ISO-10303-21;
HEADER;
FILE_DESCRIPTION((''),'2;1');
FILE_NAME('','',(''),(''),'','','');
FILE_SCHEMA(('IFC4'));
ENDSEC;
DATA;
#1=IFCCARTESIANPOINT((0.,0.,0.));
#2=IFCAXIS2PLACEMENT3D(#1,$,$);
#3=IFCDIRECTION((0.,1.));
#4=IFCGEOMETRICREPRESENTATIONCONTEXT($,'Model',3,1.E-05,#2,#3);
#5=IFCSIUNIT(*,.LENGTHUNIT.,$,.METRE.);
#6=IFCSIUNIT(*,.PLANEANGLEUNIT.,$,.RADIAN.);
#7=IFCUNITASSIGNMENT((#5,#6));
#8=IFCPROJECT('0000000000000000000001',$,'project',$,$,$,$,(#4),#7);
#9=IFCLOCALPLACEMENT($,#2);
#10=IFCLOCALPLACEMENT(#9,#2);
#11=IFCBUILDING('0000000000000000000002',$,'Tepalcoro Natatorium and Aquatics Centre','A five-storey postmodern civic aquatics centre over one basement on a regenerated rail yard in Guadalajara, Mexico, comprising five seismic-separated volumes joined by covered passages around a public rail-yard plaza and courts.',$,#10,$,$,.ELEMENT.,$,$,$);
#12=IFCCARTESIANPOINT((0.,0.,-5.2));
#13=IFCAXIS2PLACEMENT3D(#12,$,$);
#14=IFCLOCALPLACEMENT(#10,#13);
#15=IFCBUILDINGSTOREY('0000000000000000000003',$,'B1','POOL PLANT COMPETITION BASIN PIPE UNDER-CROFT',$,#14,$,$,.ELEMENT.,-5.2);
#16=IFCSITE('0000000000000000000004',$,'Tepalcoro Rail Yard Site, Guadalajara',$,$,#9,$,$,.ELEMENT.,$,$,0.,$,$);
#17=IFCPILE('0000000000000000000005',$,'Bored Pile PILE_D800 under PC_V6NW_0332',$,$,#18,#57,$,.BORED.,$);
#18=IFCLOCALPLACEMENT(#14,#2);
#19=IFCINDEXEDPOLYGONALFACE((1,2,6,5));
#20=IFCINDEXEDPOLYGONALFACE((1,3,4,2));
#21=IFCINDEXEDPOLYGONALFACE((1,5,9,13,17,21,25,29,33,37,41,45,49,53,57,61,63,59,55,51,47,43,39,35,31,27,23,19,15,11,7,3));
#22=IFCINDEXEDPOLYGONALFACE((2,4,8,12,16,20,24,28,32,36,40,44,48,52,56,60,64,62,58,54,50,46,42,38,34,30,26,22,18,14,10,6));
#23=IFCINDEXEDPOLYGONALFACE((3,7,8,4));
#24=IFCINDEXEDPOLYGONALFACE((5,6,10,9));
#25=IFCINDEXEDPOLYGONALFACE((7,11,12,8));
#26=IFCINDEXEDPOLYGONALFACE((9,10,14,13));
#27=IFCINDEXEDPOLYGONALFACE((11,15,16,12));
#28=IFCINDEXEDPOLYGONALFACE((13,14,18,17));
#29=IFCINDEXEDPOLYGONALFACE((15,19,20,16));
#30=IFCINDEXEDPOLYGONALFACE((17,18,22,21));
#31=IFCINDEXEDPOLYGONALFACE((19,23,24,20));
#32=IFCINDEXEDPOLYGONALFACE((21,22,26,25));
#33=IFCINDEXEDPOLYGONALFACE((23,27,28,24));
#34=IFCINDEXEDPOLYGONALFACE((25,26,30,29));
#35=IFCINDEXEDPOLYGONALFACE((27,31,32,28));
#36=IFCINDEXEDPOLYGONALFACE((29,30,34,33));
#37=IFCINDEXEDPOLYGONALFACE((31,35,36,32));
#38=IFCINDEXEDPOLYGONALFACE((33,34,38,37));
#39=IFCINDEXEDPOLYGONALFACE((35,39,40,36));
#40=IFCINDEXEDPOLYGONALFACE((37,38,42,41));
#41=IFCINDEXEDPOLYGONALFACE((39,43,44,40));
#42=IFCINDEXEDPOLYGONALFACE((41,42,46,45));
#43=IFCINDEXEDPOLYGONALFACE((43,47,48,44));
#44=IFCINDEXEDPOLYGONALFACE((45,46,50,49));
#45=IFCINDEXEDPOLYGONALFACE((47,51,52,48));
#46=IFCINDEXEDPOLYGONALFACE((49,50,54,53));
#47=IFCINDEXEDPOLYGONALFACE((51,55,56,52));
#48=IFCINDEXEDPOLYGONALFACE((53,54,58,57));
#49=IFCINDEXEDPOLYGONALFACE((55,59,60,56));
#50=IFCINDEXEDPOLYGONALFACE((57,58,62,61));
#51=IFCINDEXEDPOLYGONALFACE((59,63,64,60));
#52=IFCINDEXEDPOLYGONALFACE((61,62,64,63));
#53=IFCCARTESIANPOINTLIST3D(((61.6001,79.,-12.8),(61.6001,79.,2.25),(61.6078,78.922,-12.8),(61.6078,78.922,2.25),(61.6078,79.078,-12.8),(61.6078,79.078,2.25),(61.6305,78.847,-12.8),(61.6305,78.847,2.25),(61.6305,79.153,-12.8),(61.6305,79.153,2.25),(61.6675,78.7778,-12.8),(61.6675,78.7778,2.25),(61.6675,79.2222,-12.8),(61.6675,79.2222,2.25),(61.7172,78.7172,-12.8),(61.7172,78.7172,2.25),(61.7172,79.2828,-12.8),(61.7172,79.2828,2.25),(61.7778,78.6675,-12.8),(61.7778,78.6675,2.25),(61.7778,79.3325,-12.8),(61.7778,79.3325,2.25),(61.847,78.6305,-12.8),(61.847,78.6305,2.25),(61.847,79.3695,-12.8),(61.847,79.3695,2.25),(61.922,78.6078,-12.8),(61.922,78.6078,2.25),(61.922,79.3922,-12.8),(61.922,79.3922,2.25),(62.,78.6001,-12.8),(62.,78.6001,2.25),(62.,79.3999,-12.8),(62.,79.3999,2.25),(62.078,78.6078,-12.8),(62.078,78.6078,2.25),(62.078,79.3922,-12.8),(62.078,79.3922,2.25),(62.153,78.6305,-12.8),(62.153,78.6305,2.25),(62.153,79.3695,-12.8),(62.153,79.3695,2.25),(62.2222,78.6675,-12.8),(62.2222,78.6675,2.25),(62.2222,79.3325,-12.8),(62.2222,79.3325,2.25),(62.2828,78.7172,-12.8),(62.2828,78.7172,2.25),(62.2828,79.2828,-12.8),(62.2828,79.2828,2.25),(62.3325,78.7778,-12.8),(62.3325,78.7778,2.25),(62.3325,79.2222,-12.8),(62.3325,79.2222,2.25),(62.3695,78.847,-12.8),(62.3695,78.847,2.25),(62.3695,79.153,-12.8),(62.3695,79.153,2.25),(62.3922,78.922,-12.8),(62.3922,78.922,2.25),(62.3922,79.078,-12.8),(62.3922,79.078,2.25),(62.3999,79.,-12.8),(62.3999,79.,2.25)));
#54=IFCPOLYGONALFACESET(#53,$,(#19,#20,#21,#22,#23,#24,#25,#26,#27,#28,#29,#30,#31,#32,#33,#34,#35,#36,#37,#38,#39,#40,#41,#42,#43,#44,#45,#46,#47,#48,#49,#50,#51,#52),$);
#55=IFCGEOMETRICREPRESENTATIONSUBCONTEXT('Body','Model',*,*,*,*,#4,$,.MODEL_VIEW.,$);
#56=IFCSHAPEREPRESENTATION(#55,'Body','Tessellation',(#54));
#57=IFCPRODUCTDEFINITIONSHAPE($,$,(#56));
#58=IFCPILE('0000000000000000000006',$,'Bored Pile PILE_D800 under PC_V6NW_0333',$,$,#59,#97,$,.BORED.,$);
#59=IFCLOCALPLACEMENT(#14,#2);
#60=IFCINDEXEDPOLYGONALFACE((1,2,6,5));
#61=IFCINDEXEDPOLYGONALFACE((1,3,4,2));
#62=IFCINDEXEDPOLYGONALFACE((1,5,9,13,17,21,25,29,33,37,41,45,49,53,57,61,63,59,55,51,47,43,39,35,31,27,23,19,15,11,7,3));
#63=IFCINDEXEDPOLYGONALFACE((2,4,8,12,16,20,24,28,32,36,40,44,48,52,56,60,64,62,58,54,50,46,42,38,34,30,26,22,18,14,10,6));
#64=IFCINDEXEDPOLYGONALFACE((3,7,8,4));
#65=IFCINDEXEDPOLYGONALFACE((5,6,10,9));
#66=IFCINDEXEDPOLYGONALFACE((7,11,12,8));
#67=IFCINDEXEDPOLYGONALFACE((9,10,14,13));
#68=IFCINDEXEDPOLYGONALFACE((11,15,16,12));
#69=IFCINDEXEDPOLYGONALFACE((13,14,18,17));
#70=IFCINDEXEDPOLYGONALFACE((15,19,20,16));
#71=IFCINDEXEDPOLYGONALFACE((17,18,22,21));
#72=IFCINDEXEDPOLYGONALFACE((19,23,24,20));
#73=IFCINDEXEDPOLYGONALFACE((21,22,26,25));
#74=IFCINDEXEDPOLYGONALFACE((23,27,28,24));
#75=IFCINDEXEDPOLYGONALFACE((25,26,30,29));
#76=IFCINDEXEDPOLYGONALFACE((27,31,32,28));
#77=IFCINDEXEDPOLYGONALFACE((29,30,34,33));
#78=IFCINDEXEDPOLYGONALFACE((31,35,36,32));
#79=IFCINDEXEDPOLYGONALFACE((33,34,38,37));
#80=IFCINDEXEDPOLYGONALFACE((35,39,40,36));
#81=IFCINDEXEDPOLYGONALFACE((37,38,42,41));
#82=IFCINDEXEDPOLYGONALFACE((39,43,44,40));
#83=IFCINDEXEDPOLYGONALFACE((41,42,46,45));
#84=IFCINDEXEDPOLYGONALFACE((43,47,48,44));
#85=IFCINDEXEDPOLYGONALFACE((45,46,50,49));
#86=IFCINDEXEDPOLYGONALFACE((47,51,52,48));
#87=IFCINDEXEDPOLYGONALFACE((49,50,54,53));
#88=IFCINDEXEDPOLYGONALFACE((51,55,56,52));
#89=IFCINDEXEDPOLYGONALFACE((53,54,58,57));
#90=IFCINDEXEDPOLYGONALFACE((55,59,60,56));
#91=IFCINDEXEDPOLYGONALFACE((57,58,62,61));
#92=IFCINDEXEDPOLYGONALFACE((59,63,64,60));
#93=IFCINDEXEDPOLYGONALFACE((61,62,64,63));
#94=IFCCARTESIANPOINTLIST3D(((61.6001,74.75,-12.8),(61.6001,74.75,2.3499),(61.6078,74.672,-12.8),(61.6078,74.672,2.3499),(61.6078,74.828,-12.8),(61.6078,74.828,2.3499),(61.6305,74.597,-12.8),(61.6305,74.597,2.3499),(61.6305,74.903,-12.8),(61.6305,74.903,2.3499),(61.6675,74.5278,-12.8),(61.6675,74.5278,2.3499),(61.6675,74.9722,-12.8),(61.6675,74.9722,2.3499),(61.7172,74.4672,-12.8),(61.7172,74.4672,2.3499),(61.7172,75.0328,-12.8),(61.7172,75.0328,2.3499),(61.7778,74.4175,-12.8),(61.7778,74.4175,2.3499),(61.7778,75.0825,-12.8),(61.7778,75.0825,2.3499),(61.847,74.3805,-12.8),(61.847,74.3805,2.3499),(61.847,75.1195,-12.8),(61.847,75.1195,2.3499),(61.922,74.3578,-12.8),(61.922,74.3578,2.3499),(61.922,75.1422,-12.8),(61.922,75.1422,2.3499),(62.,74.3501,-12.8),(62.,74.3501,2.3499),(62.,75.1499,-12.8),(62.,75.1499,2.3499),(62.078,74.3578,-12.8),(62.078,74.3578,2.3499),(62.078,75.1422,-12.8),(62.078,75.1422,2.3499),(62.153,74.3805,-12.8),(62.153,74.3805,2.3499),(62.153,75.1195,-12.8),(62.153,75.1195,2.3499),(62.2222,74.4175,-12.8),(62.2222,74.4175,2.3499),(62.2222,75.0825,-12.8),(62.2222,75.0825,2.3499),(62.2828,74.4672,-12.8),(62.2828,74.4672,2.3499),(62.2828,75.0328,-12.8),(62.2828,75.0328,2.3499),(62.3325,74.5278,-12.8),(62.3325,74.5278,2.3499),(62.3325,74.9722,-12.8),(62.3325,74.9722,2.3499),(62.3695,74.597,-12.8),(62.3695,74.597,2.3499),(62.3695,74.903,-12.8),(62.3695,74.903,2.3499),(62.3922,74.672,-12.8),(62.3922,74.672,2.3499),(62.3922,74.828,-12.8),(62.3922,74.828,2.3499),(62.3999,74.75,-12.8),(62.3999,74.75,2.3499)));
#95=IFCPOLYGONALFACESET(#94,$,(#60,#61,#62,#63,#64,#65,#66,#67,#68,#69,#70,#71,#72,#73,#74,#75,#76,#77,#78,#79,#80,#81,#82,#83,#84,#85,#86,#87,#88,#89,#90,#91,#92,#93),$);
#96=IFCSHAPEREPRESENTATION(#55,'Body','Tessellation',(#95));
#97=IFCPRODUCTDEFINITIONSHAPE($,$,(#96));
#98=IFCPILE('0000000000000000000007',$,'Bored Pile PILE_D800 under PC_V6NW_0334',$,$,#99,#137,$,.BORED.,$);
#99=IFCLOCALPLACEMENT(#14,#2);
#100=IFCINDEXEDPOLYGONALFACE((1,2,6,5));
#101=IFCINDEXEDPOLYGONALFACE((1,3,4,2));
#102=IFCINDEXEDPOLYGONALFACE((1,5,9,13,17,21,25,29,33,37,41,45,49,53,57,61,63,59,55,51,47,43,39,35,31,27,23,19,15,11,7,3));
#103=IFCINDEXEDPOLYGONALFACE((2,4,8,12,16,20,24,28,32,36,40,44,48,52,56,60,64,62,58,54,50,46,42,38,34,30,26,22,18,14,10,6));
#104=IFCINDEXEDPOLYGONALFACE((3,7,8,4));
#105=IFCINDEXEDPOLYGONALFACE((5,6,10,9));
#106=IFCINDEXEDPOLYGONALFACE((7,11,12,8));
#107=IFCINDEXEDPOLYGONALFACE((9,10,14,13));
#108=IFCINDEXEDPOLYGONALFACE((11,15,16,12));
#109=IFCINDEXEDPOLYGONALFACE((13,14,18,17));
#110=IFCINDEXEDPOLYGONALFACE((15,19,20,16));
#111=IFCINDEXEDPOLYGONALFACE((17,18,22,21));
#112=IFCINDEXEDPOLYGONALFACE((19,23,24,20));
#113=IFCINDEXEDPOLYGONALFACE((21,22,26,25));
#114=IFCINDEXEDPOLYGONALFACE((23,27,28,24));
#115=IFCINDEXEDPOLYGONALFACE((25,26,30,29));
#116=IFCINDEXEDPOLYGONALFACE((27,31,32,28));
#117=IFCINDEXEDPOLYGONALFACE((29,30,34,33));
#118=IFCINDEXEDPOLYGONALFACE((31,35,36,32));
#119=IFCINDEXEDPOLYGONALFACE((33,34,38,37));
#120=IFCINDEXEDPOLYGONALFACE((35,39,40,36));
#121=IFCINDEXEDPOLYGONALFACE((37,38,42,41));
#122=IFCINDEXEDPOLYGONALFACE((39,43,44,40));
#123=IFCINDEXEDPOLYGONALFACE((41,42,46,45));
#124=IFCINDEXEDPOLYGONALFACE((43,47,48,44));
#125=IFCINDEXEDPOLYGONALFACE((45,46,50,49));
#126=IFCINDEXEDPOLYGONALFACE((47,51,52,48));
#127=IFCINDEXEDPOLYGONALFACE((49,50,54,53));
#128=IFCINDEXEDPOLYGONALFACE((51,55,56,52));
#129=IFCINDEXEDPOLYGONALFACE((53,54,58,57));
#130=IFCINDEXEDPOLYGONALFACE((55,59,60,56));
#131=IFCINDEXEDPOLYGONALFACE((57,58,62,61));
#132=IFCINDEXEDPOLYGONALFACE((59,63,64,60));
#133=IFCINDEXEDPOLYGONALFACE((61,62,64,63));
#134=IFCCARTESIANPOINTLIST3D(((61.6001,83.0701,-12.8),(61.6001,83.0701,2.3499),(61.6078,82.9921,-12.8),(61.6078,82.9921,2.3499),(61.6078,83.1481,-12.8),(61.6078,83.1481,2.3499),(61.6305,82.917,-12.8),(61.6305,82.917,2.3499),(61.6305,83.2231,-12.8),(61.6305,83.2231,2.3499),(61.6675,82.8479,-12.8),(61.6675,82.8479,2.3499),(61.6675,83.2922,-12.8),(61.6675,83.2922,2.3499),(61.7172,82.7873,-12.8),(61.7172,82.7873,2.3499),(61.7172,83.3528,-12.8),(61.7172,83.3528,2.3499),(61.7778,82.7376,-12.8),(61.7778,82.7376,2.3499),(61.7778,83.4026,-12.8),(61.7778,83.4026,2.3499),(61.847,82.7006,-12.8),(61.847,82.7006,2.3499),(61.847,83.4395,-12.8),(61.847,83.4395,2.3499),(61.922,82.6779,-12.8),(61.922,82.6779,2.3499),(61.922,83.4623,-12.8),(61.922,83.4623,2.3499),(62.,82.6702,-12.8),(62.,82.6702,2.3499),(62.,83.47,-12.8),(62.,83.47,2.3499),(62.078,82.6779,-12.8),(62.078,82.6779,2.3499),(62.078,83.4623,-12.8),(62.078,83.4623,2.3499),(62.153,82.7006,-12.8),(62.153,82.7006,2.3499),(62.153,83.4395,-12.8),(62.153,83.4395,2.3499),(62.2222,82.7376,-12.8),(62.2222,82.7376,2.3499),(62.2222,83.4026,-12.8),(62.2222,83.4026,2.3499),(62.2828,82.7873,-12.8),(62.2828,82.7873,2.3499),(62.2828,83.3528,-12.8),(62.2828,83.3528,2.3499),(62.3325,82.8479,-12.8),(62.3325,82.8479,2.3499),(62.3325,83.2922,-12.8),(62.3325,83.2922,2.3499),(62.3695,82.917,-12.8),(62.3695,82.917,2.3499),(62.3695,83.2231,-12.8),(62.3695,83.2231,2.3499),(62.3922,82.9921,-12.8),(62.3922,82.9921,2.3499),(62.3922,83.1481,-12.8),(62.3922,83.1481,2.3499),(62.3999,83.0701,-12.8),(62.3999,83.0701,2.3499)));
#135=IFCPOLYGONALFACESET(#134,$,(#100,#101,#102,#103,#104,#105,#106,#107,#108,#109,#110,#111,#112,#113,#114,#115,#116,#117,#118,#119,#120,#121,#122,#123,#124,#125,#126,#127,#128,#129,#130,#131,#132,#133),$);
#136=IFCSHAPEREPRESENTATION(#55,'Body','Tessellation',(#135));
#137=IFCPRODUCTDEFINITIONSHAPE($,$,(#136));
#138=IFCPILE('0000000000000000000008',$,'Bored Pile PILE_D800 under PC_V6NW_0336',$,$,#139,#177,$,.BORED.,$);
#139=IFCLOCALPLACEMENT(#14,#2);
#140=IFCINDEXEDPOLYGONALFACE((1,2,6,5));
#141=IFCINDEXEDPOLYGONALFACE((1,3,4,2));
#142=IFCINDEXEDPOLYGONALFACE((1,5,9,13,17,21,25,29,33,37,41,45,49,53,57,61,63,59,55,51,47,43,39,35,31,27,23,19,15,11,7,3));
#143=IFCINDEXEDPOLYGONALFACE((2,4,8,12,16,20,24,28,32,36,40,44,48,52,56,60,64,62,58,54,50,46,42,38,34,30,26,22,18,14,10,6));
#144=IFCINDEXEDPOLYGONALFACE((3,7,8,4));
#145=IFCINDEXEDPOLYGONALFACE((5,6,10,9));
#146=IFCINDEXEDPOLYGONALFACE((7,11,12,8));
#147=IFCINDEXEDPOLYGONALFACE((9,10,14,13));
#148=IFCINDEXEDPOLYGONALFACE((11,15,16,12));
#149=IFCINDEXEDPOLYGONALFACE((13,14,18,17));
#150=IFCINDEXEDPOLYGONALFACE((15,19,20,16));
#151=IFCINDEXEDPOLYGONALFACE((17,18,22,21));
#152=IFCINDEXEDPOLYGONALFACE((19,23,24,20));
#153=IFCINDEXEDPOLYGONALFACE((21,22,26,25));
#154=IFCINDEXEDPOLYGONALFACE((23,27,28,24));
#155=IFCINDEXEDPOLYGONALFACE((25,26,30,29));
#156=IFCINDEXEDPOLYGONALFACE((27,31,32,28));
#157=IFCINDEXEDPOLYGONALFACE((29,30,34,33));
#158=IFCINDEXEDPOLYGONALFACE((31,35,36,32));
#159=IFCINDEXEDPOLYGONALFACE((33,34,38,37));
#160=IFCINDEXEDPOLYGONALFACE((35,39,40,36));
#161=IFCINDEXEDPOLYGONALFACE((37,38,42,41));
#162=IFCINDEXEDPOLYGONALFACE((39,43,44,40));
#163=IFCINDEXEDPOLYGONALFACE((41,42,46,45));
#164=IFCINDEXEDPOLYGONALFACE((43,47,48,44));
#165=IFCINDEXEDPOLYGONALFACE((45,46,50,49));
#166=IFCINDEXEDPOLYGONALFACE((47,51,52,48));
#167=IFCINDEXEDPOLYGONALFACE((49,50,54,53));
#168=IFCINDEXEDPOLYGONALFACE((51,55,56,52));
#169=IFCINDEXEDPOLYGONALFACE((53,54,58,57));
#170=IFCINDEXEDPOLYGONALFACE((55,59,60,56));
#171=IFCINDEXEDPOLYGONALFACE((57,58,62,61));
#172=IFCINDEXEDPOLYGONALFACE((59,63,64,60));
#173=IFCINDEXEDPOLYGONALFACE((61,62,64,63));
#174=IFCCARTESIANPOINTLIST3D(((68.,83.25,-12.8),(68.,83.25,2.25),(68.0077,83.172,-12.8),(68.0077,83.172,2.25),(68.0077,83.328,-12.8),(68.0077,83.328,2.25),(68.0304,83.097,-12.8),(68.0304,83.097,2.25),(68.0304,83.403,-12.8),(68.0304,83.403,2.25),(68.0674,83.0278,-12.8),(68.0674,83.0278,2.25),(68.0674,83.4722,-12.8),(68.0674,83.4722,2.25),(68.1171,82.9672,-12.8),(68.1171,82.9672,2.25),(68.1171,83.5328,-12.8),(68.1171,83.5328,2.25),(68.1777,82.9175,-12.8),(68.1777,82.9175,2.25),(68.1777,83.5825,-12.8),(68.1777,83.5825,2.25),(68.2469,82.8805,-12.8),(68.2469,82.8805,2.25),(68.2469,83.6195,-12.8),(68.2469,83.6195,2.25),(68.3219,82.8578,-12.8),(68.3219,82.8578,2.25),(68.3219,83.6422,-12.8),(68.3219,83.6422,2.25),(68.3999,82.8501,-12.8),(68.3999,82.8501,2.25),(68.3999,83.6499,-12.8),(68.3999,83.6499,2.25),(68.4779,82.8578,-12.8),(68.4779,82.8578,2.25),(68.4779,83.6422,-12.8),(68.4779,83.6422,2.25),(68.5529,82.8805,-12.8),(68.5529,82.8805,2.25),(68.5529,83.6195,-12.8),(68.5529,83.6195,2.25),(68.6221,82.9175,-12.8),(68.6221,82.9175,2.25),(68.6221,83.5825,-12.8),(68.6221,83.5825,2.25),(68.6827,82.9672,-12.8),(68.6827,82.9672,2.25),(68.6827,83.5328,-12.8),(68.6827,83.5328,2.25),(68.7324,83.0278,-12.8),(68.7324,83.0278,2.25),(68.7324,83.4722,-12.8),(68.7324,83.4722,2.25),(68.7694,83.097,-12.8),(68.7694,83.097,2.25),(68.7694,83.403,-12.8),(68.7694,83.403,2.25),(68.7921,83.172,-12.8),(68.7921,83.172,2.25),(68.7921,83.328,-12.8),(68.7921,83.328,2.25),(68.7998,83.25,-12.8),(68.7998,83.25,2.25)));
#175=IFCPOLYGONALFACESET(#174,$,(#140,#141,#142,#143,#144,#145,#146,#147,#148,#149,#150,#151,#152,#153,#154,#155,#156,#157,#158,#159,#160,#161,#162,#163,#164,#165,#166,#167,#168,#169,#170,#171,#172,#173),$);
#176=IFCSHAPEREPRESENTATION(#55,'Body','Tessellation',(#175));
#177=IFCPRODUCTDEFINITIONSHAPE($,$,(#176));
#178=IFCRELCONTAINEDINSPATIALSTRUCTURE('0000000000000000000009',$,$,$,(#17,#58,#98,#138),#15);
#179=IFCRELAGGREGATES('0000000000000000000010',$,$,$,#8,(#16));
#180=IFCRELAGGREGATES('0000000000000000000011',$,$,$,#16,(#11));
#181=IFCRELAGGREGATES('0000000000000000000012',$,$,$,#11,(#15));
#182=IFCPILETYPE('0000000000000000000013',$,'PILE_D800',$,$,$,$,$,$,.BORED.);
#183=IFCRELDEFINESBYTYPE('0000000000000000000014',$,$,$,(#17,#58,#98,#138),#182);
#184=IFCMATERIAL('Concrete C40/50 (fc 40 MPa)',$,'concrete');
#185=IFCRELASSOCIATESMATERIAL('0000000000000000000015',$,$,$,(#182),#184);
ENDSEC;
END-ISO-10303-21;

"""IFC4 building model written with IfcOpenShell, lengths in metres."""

from ifc_helpers import new_model, si_unit, direction, frame, origin, origin_2d, place, context, subcontext, project, spatial, circle, extrude, material, material_profile, profile_set, type_object, element, save


model = new_model("IFC4")

# Units and contexts
model_context = context("Model", 3, precision=1e-05, world=origin(), true_north=direction((0.0, 1.0)))
body_context = subcontext(model_context, "Body", "Model", "MODEL_VIEW")
ifc_project = project(units=[si_unit("LENGTHUNIT", "METRE"), si_unit("PLANEANGLEUNIT", "RADIAN")], contexts=[model_context])

# Site, building, storey
site_placement = place(None, origin())
site = spatial("IfcSite", under=ifc_project, at=site_placement, Name="Tepalcoro Rail Yard Site, Guadalajara", CompositionType="ELEMENT", RefElevation=0.0)
building_placement = place(site_placement, origin())
building = spatial("IfcBuilding", under=site, at=building_placement, Name="Tepalcoro Natatorium and Aquatics Centre", Description="A five-storey postmodern civic aquatics centre over one basement on a regenerated rail yard in Guadalajara, Mexico, comprising five seismic-separated volumes joined by covered passages around a public rail-yard plaza and courts.", CompositionType="ELEMENT")
storey_placement = place(building_placement, frame((0.0, 0.0, -5.2)))
storey = spatial("IfcBuildingStorey", under=building, at=storey_placement, Name="B1", Description="POOL PLANT COMPETITION BASIN PIPE UNDER-CROFT", CompositionType="ELEMENT", Elevation=-5.2)

# Piles
ifc_material = material(Name="Concrete C40/50 (fc 40 MPa)", Category="concrete")
ifc_material_profile_1 = material_profile(ifc_material, circle(Radius=0.3999, at=origin_2d()), Name="PILE_D800")
ifc_profile_set_1 = profile_set([ifc_material_profile_1], Name="Concrete C40/50 (fc 40 MPa)")
pile_type_1 = type_object("IfcPileType", Name="PILE_D800", PredefinedType="BORED", material=ifc_profile_set_1)
pile_1_placement = place(storey_placement, frame((62.0, 79.0, 2.25), z_axis=(0.0, 0.0, -1.0), x_axis=(1.0, 0.0, 0.0)))
element("IfcPile", 1, at=pile_1_placement, inside=storey, type_object=pile_type_1, Name="Bored Pile PILE_D800 under PC_V6NW_0332", PredefinedType="BORED", context=body_context, shape_type="SweptSolid", body=[
    extrude(circle(Radius=0.3999, at=origin_2d()), origin(), (0.0, 0.0, 1.0), 15.05),
])
for number, where, z_axis, x_axis, name in (
    (2, (62.0, 74.75, 2.3499), (0.0, 0.0, -1.0), (1.0, 0.0, 0.0), "Bored Pile PILE_D800 under PC_V6NW_0333"),
    (3, (62.0, 83.0701, 2.3499), (0.0, 0.0, -1.0), (1.0, 0.0, 0.0), "Bored Pile PILE_D800 under PC_V6NW_0334"),
):
    element("IfcPile", number, at=place(storey_placement, frame(where, z_axis=z_axis, x_axis=x_axis)), inside=storey, type_object=pile_type_1, Name=name, PredefinedType="BORED", context=body_context, shape_type="SweptSolid", body=[
        extrude(circle(Radius=0.3999, at=origin_2d()), origin(), (0.0, 0.0, 1.0), 15.1499),
    ])
pile_2_placement = place(storey_placement, frame((68.3999, 83.25, 2.25), z_axis=(0.0, 0.0, -1.0), x_axis=(1.0, 0.0, 0.0)))
element("IfcPile", 4, at=pile_2_placement, inside=storey, type_object=pile_type_1, Name="Bored Pile PILE_D800 under PC_V6NW_0336", PredefinedType="BORED", context=body_context, shape_type="SweptSolid", body=[
    extrude(circle(Radius=0.3999, at=origin_2d()), origin(), (0.0, 0.0, 1.0), 15.05),
])

save(model, "model.ifc")
